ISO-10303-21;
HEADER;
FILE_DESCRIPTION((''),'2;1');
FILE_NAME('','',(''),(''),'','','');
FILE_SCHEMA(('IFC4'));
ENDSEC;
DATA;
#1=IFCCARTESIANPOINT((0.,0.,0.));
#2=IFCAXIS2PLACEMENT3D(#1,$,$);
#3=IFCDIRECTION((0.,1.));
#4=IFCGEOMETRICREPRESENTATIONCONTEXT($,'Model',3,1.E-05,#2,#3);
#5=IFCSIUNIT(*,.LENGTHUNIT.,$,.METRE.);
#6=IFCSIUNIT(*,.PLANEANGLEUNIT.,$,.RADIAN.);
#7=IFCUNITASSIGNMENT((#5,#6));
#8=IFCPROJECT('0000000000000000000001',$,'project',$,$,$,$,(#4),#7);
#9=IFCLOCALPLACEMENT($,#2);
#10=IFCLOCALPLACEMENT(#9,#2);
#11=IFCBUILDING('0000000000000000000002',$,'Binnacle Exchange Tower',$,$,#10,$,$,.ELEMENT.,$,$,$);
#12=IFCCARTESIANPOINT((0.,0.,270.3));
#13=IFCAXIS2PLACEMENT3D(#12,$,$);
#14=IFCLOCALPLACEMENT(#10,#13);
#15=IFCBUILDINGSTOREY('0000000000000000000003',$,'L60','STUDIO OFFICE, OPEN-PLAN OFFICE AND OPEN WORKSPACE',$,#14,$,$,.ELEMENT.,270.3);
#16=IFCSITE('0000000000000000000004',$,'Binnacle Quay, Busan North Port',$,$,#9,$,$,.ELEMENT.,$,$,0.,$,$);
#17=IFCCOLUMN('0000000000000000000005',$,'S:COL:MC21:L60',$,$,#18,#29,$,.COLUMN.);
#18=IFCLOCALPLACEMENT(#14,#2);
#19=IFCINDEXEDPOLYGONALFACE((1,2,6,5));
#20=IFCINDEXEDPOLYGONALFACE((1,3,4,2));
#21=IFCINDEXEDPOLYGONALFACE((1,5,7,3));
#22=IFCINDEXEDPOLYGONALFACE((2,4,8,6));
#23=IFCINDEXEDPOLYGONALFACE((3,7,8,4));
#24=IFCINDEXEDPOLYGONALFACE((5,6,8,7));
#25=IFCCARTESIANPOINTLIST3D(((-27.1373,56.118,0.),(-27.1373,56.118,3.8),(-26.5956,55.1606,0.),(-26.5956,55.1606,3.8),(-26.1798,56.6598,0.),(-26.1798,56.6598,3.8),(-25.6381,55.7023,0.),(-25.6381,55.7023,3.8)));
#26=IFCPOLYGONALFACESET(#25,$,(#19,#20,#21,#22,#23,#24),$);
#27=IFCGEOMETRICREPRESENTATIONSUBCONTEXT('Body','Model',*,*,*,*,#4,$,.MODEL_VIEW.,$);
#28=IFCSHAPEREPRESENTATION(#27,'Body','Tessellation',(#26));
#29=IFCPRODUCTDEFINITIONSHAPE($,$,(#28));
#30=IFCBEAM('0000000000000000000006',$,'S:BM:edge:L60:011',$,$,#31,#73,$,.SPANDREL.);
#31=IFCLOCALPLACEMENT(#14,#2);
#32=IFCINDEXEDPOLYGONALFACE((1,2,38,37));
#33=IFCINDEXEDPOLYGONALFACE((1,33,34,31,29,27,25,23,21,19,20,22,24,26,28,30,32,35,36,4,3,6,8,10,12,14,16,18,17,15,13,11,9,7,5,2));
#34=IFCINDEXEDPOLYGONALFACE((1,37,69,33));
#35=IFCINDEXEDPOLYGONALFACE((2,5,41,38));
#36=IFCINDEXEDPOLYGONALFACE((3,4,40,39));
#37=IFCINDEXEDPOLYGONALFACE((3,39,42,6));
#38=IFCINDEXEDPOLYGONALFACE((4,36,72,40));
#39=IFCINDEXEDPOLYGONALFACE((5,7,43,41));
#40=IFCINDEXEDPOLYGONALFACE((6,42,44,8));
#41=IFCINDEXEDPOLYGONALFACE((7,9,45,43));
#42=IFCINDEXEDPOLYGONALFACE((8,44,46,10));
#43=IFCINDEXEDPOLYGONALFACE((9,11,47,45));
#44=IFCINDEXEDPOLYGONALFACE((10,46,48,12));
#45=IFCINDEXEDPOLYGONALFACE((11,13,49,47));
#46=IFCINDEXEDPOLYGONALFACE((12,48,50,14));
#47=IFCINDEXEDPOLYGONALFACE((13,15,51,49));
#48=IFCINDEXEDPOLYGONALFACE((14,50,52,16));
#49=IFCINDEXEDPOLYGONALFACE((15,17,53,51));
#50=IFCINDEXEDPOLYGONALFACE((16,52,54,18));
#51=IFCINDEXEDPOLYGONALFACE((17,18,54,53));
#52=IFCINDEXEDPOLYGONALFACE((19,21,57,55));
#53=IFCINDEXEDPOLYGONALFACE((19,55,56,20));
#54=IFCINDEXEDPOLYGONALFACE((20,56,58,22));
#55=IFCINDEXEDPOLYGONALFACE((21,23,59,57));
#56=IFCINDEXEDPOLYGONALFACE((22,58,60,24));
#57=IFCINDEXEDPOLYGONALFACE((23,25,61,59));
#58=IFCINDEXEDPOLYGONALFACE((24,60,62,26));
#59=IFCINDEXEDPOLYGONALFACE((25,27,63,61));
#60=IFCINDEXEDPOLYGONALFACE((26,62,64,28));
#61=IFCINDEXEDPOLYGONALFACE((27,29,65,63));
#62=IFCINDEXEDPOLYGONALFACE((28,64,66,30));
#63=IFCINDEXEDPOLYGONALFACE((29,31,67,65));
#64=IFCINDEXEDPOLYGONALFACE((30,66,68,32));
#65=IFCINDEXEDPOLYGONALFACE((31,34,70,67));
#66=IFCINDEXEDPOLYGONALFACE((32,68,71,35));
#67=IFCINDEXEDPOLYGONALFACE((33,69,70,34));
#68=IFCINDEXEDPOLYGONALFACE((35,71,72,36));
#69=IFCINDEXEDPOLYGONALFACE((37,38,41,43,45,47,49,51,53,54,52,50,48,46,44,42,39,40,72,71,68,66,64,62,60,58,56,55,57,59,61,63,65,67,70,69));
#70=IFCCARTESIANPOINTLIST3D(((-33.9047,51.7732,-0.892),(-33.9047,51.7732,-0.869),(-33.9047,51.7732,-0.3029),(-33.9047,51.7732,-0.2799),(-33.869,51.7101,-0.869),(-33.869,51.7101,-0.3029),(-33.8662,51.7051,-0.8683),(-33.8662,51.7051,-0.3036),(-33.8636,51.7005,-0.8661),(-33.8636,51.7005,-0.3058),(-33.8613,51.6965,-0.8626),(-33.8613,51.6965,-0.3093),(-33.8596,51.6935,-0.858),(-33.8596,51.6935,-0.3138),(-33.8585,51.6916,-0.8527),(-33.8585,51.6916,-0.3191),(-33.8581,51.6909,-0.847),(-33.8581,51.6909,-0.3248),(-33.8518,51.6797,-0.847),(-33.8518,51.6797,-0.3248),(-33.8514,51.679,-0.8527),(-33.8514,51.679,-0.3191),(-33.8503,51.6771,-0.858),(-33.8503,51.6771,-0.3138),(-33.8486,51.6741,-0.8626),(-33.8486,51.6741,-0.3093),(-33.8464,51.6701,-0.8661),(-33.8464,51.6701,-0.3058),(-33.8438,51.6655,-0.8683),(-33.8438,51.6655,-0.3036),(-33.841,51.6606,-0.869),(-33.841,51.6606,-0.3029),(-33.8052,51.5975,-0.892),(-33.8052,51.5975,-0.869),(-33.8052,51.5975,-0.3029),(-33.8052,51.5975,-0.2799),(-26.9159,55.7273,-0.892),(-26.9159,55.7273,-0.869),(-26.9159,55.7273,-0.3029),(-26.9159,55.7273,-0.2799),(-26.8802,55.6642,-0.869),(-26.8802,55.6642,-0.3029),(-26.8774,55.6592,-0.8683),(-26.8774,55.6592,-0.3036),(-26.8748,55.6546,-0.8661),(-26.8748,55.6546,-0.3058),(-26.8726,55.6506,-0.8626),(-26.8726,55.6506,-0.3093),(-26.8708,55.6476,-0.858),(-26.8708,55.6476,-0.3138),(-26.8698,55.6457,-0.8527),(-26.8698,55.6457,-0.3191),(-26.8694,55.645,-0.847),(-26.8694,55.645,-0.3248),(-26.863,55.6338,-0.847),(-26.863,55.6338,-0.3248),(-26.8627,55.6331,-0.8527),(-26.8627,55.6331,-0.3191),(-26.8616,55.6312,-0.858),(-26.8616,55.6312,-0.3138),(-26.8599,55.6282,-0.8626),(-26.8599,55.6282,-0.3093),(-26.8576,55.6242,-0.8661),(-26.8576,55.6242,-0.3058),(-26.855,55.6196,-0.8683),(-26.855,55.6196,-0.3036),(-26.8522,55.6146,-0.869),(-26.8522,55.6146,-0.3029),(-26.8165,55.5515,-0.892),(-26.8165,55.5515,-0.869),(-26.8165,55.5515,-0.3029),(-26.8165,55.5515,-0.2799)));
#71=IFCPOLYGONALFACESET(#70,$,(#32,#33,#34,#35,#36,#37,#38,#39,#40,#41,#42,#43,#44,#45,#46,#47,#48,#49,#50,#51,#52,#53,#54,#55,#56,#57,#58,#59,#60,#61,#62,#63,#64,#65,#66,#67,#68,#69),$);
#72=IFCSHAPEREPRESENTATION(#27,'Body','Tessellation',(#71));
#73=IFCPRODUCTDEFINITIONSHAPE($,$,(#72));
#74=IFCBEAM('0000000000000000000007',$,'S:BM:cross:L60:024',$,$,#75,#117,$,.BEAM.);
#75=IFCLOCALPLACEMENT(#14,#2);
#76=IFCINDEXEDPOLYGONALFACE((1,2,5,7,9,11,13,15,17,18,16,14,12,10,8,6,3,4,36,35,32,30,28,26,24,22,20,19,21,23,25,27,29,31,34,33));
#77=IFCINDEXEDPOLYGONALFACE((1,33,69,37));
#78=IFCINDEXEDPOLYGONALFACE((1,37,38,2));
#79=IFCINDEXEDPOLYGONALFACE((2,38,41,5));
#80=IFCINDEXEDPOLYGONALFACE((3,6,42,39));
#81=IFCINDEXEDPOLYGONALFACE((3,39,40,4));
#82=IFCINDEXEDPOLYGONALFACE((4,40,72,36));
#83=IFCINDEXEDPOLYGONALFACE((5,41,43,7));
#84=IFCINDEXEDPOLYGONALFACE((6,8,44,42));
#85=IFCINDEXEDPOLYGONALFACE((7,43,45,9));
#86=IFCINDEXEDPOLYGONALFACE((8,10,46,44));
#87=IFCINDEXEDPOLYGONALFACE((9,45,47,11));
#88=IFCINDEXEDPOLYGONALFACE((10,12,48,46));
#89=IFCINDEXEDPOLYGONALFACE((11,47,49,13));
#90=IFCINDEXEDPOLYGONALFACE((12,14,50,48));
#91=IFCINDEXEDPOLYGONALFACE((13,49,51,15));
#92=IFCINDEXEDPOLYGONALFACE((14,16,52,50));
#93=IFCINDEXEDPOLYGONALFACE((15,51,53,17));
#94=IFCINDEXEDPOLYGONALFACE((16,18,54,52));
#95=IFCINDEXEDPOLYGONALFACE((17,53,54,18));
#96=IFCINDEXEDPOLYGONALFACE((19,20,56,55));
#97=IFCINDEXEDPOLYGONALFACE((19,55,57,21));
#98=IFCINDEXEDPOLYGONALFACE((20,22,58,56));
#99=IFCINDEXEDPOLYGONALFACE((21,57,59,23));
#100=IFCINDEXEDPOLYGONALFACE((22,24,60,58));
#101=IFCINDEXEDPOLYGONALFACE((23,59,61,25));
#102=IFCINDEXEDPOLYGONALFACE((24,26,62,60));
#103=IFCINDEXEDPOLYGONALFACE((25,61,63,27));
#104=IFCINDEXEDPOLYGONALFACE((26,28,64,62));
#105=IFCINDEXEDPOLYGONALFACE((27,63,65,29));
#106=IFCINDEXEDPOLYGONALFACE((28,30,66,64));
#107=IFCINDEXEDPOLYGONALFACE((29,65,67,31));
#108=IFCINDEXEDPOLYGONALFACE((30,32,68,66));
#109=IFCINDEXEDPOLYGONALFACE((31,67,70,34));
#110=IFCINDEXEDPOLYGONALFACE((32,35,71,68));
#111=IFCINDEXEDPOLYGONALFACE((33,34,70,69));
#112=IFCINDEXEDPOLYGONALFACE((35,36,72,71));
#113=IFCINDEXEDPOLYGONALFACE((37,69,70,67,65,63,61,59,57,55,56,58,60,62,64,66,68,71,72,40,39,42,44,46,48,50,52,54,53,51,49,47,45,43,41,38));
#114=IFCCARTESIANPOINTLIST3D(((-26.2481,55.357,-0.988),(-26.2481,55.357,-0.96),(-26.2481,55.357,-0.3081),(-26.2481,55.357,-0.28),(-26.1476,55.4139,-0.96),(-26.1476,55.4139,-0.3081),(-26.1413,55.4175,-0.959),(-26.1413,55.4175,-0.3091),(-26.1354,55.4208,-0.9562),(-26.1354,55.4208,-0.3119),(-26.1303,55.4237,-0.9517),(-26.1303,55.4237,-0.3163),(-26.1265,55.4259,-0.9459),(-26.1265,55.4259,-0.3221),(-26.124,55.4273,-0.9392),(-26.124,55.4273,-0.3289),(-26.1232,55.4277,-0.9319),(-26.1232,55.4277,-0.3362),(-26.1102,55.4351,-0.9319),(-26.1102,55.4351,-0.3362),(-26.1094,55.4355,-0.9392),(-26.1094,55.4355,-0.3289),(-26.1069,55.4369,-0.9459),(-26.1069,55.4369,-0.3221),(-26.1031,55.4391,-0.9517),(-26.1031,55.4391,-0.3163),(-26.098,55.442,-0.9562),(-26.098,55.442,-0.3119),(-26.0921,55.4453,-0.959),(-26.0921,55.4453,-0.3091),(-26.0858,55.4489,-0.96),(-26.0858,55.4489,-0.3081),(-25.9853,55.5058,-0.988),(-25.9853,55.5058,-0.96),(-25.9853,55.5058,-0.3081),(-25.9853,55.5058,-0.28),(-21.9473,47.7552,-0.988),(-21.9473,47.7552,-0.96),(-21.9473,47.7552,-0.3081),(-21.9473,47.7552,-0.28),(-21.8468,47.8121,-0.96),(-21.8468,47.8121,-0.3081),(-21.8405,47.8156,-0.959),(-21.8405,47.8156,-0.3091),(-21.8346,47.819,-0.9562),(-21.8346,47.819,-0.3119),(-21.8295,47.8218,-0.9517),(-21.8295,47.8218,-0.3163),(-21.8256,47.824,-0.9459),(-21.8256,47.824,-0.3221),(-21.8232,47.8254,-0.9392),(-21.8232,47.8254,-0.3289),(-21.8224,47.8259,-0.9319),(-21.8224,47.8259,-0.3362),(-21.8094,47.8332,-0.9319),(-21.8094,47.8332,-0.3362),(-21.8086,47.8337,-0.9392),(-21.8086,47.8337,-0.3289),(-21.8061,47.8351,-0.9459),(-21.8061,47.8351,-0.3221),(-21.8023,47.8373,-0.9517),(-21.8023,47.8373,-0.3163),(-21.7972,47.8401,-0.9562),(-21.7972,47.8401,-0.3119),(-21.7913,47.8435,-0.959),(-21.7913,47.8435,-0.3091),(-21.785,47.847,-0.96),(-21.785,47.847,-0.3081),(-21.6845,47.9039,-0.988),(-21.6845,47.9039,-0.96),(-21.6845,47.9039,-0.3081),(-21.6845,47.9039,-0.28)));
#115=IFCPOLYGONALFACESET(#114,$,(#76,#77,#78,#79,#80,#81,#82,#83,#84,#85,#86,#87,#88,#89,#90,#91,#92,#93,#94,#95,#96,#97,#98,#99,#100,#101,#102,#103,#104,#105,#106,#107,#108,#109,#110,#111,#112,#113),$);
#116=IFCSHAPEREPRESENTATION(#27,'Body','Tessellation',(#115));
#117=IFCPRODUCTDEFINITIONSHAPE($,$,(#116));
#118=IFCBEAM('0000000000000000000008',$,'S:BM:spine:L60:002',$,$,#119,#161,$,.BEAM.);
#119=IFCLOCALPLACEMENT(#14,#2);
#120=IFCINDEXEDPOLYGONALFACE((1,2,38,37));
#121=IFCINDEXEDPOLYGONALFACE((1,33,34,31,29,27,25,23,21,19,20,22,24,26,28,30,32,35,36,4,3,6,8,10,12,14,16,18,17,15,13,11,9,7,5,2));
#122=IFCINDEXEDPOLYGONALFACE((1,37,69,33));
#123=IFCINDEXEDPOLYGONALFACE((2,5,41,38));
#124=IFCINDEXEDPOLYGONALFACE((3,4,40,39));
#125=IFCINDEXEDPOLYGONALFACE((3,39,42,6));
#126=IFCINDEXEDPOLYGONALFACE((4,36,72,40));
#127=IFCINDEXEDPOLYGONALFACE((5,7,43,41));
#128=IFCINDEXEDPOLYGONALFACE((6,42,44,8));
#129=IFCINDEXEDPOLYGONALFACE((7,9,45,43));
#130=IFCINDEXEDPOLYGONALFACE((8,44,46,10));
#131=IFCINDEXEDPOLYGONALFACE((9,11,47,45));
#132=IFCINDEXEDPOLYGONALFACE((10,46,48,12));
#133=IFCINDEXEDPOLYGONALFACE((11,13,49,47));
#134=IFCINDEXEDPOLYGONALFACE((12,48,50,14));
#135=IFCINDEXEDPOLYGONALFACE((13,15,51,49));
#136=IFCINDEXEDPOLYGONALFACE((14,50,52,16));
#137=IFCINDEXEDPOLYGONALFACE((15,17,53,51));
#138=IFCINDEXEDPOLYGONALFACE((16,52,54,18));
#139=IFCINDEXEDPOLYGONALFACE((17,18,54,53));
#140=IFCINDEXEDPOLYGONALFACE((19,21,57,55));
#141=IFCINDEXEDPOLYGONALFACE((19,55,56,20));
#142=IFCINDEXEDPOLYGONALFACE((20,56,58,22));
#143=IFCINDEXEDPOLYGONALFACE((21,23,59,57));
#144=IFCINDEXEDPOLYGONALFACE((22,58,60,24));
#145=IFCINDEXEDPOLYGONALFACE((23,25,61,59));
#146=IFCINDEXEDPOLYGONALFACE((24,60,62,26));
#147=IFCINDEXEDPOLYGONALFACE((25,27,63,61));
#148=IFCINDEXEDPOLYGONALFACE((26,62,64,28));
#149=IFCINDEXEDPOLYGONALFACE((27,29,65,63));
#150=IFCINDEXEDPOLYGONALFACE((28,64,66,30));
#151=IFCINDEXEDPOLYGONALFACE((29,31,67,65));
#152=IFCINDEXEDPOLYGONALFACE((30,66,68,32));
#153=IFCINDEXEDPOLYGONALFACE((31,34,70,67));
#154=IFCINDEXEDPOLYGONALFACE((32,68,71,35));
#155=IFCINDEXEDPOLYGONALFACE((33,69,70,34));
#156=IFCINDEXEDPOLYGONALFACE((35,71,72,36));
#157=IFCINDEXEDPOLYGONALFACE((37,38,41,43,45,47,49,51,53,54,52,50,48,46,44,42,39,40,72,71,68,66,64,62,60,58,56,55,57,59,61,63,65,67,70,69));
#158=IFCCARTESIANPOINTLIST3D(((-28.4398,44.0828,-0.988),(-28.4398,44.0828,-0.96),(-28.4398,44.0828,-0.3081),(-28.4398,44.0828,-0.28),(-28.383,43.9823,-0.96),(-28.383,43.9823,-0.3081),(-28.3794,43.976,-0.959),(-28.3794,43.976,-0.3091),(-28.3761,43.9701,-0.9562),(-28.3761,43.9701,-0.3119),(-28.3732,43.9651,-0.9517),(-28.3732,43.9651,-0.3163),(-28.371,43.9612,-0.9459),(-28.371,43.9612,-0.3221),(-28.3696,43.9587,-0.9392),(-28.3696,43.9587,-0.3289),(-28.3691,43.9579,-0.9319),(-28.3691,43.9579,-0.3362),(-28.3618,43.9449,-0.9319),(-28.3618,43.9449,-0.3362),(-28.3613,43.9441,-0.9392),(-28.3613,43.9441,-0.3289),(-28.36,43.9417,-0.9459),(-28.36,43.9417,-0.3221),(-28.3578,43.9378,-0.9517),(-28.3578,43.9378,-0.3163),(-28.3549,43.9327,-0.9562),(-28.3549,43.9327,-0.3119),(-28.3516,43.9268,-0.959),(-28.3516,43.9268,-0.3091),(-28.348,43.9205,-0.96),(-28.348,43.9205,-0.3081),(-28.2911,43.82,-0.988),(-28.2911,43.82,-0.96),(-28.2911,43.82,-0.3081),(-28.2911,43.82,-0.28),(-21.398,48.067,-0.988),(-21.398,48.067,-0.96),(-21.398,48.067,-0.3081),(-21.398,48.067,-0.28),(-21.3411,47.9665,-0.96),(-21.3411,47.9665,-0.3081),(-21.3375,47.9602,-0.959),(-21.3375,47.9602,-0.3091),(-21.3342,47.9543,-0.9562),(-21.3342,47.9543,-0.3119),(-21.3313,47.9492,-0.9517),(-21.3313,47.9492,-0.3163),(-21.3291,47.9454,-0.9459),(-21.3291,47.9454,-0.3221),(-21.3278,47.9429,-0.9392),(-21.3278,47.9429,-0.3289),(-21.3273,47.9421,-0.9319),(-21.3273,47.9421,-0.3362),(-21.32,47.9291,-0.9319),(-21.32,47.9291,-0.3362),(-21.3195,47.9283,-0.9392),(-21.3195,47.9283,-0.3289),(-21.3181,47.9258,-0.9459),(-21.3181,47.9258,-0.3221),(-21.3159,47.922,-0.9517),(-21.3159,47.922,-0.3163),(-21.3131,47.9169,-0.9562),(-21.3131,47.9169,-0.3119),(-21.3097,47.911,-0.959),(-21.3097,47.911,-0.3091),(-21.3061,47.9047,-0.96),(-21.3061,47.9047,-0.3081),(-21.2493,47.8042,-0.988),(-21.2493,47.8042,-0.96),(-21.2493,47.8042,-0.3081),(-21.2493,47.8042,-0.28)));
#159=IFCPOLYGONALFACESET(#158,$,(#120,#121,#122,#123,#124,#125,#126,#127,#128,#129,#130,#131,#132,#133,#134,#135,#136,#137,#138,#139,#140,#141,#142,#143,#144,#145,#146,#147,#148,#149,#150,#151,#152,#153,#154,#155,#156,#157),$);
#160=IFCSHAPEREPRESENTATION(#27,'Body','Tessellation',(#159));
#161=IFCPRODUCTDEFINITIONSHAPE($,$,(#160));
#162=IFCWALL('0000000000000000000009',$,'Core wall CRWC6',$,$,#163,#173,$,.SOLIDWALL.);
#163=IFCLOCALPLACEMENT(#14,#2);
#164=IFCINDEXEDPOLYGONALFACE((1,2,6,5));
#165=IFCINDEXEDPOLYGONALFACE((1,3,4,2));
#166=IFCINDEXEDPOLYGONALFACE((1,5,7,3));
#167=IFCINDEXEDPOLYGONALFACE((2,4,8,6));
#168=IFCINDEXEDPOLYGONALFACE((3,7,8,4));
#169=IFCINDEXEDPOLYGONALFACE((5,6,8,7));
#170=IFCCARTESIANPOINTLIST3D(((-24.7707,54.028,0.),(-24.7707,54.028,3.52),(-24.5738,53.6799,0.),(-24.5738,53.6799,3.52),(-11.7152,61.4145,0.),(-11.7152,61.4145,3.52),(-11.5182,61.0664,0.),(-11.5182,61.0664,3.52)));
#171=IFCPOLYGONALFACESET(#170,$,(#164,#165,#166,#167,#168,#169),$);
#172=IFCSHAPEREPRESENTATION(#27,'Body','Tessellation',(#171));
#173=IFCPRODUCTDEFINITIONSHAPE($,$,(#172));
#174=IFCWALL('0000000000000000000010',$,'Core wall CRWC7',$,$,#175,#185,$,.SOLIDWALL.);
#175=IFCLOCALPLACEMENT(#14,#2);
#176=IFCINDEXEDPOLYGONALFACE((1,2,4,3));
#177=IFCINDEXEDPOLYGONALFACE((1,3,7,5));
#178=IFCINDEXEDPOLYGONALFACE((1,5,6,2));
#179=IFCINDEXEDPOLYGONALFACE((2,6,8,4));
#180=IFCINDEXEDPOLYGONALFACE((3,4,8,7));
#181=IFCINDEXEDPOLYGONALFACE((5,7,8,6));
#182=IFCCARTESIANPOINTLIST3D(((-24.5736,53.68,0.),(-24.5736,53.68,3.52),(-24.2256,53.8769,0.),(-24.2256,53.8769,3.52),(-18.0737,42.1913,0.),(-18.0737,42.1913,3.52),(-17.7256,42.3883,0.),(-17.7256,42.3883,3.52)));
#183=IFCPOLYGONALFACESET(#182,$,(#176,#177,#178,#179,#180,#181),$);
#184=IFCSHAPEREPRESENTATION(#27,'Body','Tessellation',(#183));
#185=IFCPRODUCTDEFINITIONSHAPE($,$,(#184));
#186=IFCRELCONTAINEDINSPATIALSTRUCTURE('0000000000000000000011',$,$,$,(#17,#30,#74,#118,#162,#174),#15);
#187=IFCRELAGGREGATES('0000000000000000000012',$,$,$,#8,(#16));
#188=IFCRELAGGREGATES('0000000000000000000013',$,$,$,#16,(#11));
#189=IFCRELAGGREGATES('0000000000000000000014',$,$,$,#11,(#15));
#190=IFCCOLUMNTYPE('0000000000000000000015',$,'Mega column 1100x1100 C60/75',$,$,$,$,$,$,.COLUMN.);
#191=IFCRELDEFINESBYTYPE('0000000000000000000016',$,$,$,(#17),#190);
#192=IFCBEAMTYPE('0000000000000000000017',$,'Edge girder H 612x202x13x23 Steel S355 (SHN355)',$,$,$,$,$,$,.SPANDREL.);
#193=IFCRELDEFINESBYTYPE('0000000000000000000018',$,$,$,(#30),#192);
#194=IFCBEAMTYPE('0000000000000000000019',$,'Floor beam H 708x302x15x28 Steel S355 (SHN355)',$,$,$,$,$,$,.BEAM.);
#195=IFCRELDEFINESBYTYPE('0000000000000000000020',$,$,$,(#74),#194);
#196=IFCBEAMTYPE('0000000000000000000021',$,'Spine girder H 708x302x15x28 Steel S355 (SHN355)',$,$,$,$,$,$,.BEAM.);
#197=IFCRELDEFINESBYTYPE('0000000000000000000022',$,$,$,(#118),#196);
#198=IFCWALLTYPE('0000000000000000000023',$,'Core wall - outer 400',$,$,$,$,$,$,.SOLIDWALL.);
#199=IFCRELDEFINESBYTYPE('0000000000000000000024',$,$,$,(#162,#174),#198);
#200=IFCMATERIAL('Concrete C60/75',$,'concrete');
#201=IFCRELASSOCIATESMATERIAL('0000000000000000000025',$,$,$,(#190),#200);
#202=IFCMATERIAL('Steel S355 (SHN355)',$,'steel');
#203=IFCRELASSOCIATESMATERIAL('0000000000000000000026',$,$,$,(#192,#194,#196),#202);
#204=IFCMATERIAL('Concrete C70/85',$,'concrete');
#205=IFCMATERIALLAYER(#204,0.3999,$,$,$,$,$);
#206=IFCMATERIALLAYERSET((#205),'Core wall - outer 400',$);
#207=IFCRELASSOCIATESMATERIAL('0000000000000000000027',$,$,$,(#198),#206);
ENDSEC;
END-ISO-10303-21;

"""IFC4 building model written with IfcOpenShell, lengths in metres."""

from ifc_helpers import new_model, si_unit, direction, frame, frame_2d, origin, origin_2d, place, context, subcontext, project, spatial, rectangle, i_section, extrude, material, layer, layer_set, material_profile, profile_set, type_object, element, save


model = new_model("IFC4")

# Units and contexts
model_context = context("Model", 3, precision=1e-05, world=origin(), true_north=direction((0.0, 1.0)))
body_context = subcontext(model_context, "Body", "Model", "MODEL_VIEW")
ifc_project = project(units=[si_unit("LENGTHUNIT", "METRE"), si_unit("PLANEANGLEUNIT", "RADIAN")], contexts=[model_context])

# Site, building, storey
site_placement = place(None, origin())
site = spatial("IfcSite", under=ifc_project, at=site_placement, Name="Binnacle Quay, Busan North Port", CompositionType="ELEMENT", RefElevation=0.0)
building_placement = place(site_placement, origin())
building = spatial("IfcBuilding", under=site, at=building_placement, Name="Binnacle Exchange Tower", CompositionType="ELEMENT")
storey_placement = place(building_placement, frame((0.0, 0.0, 270.3)))
storey = spatial("IfcBuildingStorey", under=building, at=storey_placement, Name="L60", Description="STUDIO OFFICE, OPEN-PLAN OFFICE AND OPEN WORKSPACE", CompositionType="ELEMENT", Elevation=270.3)

# Column
ifc_material_1 = material(Name="Concrete C60/75", Category="concrete")
ifc_material_profile_1 = material_profile(ifc_material_1, rectangle(XDim=1.1001, YDim=1.1001, at=origin_2d()), Name="Mega column 1100x1100 C60/75")
ifc_profile_set_1 = profile_set([ifc_material_profile_1], Name="Concrete C60/75")
column_type = type_object("IfcColumnType", Name="Mega column 1100x1100 C60/75", PredefinedType="COLUMN", material=ifc_profile_set_1)
column_placement = place(storey_placement, frame((-26.3877, 55.9102, 0.0), z_axis=(0.0, 0.0, 1.0), x_axis=(-0.870356, -0.492424, 0.0)))
element("IfcColumn", 1, at=column_placement, inside=storey, type_object=column_type, Name="S:COL:MC21:L60", PredefinedType="COLUMN", context=body_context, shape_type="SweptSolid", body=[
    extrude(rectangle(XDim=1.1001, YDim=1.1001, at=origin_2d()), origin(), (0.0, 0.0, 1.0), 3.8),
])

# Beams
ifc_material_2 = material(Name="Steel S355 (SHN355)", Category="steel")
ifc_material_profile_2 = material_profile(ifc_material_2, i_section(OverallWidth=0.2019, OverallDepth=0.6121, WebThickness=0.0129, FlangeThickness=0.0229, FilletRadius=0.022, at=origin_2d()), Name="H 612x202x13x23")
ifc_profile_set_2 = profile_set([ifc_material_profile_2], Name="Steel S355 (SHN355)")
beam_type_1 = type_object("IfcBeamType", Name="Edge girder H 612x202x13x23 Steel S355 (SHN355)", PredefinedType="SPANDREL", material=ifc_profile_set_2)
beam_1_placement = place(storey_placement, frame((-26.8662, 55.6394, -0.5859), z_axis=(-0.870353, -0.492428, 0.0), x_axis=(0.492428, -0.870353, 0.0)))
element("IfcBeam", 2, at=beam_1_placement, inside=storey, type_object=beam_type_1, Name="S:BM:edge:L60:011", PredefinedType="SPANDREL", context=body_context, shape_type="SweptSolid", body=[
    extrude(i_section(OverallWidth=0.2019, OverallDepth=0.6121, WebThickness=0.0129, FlangeThickness=0.0229, FilletRadius=0.022, at=origin_2d()), origin(), (0.0, 0.0, 1.0), 8.0298),
])
ifc_material_profile_3 = material_profile(ifc_material_2, i_section(OverallWidth=0.302, OverallDepth=0.708, WebThickness=0.0149, FlangeThickness=0.0281, FilletRadius=0.0281, at=origin_2d()), Name="H 708x302x15x28")
ifc_profile_set_3 = profile_set([ifc_material_profile_3], Name="Steel S355 (SHN355)")
beam_type_2 = type_object("IfcBeamType", Name="Floor beam H 708x302x15x28 Steel S355 (SHN355)", PredefinedType="BEAM", material=ifc_profile_set_3)
beam_2_placement = place(storey_placement, frame((-26.1167, 55.4314, -0.634), z_axis=(0.492414, -0.870361, 0.0), x_axis=(0.870361, 0.492414, 0.0)))
element("IfcBeam", 3, at=beam_2_placement, inside=storey, type_object=beam_type_2, Name="S:BM:cross:L60:024", PredefinedType="BEAM", context=body_context, shape_type="SweptSolid", body=[
    extrude(i_section(OverallWidth=0.302, OverallDepth=0.708, WebThickness=0.0149, FlangeThickness=0.0281, FilletRadius=0.0281, at=origin_2d()), origin(), (0.0, 0.0, 1.0), 8.7341),
])
ifc_material_profile_4 = material_profile(ifc_material_2, i_section(OverallWidth=0.302, OverallDepth=0.708, WebThickness=0.0149, FlangeThickness=0.0281, FilletRadius=0.0281, at=origin_2d()), Name="H 708x302x15x28")
ifc_profile_set_4 = profile_set([ifc_material_profile_4], Name="Steel S355 (SHN355)")
beam_type_3 = type_object("IfcBeamType", Name="Spine girder H 708x302x15x28 Steel S355 (SHN355)", PredefinedType="BEAM", material=ifc_profile_set_4)
beam_3_placement = place(storey_placement, frame((-28.3655, 43.9514, -0.634), z_axis=(0.87035, 0.492433, 0.0), x_axis=(-0.492433, 0.87035, 0.0)))
element("IfcBeam", 4, at=beam_3_placement, inside=storey, type_object=beam_type_3, Name="S:BM:spine:L60:002", PredefinedType="BEAM", context=body_context, shape_type="SweptSolid", body=[
    extrude(i_section(OverallWidth=0.302, OverallDepth=0.708, WebThickness=0.0149, FlangeThickness=0.0281, FilletRadius=0.0281, at=origin_2d()), origin(), (0.0, 0.0, 1.0), 8.0908),
])

# Walls
ifc_material_3 = material(Name="Concrete C70/85", Category="concrete")
ifc_layer_1 = layer(ifc_material_3, 0.3999)
ifc_layer_set_1 = layer_set([ifc_layer_1], Name="Core wall - outer 400")
wall_type_1 = type_object("IfcWallType", Name="Core wall - outer 400", PredefinedType="SOLIDWALL", material=ifc_layer_set_1)
wall_1_placement = place(storey_placement, frame((-24.6721, 53.854, 0.0), z_axis=(0.0, 0.0, 1.0), x_axis=(0.870354, 0.492427, 0.0)))
element("IfcWall", 5, at=wall_1_placement, inside=storey, type_object=wall_type_1, Name="Core wall CRWC6", PredefinedType="SOLIDWALL", context=body_context, shape_type="SweptSolid", body=[
    extrude(rectangle(XDim=15.0002, YDim=0.3999, at=frame_2d((7.5, 0.0))), origin(), (0.0, 0.0, 1.0), 3.52),
])
wall_2_placement = place(storey_placement, frame((-24.3997, 53.7786, 0.0), z_axis=(0.0, 0.0, 1.0), x_axis=(0.492422, -0.870357, 0.0)))
element("IfcWall", 6, at=wall_2_placement, inside=storey, type_object=wall_type_1, Name="Core wall CRWC7", PredefinedType="SOLIDWALL", context=body_context, shape_type="SweptSolid", body=[
    extrude(rectangle(XDim=13.2, YDim=0.3999, at=frame_2d((6.6001, 0.0))), origin(), (0.0, 0.0, 1.0), 3.52),
])

save(model, "model.ifc")
